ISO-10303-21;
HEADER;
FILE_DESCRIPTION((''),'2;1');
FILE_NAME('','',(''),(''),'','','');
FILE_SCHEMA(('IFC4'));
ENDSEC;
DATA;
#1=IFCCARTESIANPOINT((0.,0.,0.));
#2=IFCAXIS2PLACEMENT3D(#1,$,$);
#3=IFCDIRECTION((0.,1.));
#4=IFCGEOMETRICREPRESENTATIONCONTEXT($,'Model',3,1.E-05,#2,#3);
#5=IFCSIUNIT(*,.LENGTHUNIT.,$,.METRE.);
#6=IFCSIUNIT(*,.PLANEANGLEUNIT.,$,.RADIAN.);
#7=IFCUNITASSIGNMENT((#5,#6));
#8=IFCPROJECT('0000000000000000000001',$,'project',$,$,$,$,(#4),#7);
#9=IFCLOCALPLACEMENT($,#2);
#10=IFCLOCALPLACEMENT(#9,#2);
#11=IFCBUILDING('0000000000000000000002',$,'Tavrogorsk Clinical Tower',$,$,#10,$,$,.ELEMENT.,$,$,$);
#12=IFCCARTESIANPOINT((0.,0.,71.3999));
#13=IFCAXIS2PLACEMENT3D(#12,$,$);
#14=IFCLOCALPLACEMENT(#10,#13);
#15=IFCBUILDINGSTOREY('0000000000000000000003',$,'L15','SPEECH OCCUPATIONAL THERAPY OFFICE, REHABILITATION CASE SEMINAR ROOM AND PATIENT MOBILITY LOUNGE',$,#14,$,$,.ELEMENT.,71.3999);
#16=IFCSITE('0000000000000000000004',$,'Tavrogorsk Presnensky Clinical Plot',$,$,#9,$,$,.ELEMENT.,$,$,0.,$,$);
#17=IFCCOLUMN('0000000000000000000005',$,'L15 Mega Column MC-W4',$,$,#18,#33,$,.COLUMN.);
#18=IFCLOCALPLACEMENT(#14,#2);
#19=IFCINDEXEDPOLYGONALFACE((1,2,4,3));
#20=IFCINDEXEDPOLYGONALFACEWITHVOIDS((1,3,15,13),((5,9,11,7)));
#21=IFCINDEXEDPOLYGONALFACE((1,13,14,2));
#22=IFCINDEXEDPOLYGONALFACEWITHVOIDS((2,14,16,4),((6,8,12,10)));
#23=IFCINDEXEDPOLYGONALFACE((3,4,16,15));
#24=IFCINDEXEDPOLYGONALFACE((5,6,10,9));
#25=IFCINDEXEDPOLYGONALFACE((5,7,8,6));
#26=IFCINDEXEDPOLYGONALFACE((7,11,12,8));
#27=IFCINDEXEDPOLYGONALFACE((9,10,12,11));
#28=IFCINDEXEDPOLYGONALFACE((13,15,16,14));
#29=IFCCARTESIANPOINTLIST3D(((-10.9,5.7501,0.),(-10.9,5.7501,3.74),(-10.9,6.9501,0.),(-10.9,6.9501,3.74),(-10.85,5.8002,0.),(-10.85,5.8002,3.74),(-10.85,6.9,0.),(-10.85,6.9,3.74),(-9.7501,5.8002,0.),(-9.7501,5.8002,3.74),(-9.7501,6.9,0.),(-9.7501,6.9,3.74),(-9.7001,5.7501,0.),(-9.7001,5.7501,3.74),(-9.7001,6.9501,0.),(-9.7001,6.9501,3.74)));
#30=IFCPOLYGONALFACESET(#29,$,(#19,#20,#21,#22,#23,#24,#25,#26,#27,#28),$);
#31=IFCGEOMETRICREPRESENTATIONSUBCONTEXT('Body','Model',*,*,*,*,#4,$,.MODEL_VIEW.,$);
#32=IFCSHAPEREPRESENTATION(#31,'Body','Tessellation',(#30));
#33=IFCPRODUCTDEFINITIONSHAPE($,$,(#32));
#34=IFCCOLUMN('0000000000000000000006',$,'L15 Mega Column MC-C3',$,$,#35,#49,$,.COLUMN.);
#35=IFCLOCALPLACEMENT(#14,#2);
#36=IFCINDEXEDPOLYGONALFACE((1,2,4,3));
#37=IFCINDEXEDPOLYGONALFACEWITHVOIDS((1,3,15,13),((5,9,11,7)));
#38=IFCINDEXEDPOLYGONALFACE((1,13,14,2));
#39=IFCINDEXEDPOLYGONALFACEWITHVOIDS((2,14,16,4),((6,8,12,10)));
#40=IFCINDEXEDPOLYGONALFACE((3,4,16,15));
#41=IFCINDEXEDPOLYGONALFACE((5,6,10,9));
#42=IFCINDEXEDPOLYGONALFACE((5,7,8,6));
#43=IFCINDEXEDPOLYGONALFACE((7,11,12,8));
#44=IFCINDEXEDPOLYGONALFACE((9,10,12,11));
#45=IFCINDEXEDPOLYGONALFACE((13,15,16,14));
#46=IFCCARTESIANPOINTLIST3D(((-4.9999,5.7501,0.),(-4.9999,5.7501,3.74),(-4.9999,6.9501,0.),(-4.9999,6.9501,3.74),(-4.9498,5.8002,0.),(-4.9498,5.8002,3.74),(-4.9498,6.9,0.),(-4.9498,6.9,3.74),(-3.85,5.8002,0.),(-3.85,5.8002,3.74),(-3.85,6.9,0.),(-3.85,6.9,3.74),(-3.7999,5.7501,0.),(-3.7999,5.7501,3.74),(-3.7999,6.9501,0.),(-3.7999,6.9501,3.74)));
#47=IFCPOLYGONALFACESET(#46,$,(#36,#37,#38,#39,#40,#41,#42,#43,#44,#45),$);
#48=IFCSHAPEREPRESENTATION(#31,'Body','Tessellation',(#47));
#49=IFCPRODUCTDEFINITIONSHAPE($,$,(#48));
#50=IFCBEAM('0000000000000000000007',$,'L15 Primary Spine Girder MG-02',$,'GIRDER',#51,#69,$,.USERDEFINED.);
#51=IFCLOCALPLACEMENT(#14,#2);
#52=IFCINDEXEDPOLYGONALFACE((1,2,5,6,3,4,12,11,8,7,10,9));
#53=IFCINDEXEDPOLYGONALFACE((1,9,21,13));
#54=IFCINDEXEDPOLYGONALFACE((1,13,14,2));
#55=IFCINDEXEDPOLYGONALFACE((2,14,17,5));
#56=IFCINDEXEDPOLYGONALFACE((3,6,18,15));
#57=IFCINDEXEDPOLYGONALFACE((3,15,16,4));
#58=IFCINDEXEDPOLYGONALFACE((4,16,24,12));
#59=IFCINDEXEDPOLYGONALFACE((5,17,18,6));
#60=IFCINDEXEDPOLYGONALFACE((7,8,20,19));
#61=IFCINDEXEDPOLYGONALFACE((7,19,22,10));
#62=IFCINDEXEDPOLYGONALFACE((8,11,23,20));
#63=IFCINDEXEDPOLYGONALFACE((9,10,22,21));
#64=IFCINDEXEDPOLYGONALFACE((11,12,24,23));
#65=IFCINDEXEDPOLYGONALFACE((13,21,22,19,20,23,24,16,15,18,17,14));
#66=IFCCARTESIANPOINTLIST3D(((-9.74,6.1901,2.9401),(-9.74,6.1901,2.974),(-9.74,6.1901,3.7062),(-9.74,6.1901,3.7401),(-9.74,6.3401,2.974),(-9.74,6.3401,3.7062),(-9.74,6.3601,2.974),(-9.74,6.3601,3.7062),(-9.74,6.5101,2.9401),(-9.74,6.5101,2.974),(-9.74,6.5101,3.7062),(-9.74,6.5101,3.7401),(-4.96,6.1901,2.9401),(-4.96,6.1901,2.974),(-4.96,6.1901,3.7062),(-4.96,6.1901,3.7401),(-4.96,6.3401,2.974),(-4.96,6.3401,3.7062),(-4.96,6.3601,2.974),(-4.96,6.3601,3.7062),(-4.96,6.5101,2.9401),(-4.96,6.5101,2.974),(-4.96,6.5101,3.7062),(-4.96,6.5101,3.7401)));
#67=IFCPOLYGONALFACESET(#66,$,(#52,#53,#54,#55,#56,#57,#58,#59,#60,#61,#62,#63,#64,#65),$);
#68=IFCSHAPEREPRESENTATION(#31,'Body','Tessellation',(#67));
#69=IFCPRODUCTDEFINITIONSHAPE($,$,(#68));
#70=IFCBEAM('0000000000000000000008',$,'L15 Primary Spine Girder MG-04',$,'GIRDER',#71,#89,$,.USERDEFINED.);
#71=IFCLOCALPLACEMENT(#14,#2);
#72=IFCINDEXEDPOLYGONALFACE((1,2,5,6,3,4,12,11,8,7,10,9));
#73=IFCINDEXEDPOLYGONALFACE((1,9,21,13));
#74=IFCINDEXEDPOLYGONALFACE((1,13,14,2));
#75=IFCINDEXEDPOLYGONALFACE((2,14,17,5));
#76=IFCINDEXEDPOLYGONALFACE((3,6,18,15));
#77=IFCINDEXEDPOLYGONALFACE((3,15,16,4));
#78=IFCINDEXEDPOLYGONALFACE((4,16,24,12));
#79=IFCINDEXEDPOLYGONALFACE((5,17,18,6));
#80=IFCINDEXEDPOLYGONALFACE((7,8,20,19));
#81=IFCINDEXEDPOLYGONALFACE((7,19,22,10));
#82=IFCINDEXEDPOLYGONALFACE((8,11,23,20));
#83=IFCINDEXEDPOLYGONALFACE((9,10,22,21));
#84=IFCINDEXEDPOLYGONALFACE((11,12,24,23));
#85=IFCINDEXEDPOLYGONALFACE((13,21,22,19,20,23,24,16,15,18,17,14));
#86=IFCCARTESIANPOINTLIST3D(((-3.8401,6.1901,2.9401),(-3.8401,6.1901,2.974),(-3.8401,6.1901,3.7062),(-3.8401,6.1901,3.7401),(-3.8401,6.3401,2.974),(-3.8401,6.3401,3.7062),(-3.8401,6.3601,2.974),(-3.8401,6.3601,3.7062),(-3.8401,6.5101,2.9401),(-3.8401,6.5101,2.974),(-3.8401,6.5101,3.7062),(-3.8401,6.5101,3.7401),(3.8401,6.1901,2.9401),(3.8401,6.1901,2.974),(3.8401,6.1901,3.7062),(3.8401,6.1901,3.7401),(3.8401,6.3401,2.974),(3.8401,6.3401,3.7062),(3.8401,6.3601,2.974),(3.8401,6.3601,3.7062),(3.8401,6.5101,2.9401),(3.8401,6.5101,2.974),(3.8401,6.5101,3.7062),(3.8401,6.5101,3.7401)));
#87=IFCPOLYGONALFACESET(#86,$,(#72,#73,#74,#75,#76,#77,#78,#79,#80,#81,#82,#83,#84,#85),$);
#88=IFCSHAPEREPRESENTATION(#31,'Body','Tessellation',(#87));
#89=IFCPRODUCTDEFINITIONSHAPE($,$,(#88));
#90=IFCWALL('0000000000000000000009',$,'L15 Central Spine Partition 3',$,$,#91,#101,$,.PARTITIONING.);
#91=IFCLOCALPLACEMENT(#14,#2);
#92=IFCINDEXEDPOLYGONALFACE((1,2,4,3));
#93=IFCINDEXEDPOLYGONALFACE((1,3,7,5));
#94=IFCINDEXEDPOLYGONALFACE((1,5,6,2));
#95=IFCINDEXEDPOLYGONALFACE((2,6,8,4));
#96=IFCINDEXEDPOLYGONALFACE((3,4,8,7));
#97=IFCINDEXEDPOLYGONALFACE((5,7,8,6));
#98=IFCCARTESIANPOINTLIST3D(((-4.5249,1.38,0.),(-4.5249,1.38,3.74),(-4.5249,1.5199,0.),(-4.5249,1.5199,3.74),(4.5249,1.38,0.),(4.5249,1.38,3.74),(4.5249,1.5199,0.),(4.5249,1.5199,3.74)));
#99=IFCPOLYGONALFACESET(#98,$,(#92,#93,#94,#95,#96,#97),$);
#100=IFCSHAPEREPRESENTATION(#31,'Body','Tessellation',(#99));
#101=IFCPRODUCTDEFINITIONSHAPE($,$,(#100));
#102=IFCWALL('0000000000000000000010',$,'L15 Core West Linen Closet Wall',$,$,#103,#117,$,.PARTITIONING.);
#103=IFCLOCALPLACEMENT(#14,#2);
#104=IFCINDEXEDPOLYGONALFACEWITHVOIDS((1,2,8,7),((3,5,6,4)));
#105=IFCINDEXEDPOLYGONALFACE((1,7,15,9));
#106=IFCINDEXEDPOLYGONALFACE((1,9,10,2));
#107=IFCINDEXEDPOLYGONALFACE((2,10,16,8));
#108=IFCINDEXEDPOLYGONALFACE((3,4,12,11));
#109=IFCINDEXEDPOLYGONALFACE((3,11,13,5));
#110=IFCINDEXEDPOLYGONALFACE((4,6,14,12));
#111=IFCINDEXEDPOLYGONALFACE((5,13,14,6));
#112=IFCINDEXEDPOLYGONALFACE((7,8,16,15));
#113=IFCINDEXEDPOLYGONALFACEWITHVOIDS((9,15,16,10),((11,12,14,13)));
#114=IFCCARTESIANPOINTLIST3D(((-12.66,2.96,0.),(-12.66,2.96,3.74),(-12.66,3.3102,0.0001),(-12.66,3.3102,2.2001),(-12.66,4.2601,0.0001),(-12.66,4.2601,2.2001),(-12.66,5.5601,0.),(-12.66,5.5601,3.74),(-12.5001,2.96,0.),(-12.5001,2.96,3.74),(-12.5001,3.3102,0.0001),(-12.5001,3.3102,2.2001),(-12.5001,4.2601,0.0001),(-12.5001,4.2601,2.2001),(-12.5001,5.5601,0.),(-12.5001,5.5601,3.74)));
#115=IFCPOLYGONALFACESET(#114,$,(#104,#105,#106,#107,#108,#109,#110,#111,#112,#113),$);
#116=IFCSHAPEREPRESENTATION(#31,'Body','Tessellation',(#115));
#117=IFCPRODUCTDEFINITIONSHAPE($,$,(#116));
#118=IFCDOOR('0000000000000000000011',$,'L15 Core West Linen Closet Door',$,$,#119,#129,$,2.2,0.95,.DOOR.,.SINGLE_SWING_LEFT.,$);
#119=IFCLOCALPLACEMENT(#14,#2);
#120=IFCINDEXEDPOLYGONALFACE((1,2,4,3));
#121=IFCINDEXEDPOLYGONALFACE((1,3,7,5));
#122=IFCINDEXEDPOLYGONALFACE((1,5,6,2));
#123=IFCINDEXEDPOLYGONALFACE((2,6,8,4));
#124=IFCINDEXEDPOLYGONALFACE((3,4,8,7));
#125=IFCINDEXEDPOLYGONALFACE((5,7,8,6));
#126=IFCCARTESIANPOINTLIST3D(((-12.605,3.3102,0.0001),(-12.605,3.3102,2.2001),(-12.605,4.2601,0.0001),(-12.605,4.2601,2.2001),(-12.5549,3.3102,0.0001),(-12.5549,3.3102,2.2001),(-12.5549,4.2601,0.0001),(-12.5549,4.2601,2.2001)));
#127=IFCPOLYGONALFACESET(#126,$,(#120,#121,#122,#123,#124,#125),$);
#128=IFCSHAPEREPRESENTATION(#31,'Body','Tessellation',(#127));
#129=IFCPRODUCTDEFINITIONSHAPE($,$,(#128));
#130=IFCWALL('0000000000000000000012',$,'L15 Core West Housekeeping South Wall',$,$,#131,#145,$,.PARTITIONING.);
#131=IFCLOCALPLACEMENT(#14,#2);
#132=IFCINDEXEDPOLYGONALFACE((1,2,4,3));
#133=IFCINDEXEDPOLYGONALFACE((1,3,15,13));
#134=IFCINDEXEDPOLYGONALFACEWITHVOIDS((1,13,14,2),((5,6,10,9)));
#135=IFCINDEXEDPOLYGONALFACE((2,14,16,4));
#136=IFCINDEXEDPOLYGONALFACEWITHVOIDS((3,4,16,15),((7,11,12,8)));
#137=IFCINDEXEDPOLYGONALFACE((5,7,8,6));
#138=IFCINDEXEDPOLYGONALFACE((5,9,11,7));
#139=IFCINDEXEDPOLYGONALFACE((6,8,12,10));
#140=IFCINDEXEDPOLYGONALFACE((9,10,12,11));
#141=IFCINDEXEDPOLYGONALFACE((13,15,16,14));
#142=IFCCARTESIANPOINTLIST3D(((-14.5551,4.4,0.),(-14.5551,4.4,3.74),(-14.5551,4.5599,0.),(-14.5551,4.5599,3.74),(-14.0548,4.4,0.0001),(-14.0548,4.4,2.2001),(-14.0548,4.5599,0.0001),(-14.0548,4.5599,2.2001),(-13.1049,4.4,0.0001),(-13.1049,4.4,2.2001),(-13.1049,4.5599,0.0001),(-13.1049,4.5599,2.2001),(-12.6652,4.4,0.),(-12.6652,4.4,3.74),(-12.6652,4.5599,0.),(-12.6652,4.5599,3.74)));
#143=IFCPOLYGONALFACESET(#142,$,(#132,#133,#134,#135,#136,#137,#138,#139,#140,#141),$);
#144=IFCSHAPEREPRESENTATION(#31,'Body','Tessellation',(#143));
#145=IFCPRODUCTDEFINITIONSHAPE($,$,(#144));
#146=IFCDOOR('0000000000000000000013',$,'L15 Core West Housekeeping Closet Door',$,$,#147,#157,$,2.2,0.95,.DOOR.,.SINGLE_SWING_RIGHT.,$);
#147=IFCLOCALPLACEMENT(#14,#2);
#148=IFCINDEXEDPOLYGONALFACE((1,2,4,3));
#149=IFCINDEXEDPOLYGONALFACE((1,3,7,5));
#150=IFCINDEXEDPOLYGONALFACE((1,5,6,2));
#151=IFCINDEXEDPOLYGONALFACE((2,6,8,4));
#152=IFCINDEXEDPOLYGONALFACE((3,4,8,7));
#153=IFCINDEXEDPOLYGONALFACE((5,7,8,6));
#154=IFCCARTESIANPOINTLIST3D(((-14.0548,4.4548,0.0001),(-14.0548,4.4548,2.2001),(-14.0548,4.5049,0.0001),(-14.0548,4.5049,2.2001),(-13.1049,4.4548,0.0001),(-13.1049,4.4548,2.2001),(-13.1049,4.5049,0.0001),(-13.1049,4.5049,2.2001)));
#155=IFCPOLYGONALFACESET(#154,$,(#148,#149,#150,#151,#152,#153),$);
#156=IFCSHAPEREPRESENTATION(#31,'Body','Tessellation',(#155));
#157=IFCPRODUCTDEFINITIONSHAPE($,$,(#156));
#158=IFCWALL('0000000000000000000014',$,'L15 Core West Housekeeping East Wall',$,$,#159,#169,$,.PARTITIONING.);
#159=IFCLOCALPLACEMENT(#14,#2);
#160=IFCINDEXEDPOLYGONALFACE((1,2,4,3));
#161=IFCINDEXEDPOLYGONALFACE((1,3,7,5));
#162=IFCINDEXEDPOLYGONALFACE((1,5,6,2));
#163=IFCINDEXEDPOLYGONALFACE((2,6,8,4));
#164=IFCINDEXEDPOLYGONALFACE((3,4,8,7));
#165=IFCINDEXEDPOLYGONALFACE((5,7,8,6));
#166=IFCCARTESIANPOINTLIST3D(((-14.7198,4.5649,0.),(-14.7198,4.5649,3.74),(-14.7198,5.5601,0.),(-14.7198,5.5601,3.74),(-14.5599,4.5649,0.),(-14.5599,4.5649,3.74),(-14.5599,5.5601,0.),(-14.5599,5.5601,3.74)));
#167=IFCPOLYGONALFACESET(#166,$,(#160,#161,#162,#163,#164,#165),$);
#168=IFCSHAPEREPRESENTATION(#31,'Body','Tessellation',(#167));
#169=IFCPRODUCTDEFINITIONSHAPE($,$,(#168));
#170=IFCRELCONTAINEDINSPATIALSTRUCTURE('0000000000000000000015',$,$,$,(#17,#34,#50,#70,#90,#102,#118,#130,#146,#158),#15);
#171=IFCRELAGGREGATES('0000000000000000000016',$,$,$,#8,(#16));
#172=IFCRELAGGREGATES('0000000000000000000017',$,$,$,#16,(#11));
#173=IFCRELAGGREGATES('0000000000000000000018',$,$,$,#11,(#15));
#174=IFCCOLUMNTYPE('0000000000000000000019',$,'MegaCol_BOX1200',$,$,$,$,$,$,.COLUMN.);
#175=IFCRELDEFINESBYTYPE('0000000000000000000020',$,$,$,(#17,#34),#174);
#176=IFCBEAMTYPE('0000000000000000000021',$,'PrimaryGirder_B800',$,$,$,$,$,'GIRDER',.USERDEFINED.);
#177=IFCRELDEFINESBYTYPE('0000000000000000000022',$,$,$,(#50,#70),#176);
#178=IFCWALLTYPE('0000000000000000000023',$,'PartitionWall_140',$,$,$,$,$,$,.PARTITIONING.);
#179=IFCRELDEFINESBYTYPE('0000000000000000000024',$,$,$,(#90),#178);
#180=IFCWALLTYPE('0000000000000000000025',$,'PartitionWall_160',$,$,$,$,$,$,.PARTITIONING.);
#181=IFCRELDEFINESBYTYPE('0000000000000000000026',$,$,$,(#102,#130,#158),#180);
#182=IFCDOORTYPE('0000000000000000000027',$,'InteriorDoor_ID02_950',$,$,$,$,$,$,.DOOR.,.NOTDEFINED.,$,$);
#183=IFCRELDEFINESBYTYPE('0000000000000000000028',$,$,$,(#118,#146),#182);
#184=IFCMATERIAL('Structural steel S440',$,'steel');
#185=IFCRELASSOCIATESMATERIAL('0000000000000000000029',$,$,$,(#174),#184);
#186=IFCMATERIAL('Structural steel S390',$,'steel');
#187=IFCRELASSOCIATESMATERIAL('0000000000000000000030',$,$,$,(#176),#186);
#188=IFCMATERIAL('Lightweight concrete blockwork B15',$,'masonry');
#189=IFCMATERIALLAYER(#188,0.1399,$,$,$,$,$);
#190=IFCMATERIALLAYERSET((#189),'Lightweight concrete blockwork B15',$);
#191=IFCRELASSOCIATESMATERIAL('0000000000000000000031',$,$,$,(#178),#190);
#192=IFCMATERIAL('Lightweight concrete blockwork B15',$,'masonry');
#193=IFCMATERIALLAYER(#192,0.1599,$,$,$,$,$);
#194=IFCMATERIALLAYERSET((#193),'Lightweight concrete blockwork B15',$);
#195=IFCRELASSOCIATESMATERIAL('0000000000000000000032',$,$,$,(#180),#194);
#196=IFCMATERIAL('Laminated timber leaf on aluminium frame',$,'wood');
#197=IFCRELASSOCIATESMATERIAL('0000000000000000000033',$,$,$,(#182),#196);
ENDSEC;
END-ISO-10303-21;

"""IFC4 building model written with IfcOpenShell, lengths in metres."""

from ifc_helpers import new_model, si_unit, direction, frame, frame_2d, origin, origin_2d, place, context, subcontext, project, spatial, rectangle, hollow_rectangle, i_section, extrude, material, layer, layer_set, material_profile, profile_set, type_object, element, fill, save


model = new_model("IFC4")

# Units and contexts
model_context = context("Model", 3, precision=1e-05, world=origin(), true_north=direction((0.0, 1.0)))
body_context = subcontext(model_context, "Body", "Model", "MODEL_VIEW")
ifc_project = project(units=[si_unit("LENGTHUNIT", "METRE"), si_unit("PLANEANGLEUNIT", "RADIAN")], contexts=[model_context])

# Site, building, storey
site_placement = place(None, origin())
site = spatial("IfcSite", under=ifc_project, at=site_placement, Name="Tavrogorsk Presnensky Clinical Plot", CompositionType="ELEMENT", RefElevation=0.0)
building_placement = place(site_placement, origin())
building = spatial("IfcBuilding", under=site, at=building_placement, Name="Tavrogorsk Clinical Tower", CompositionType="ELEMENT")
storey_placement = place(building_placement, frame((0.0, 0.0, 71.3999)))
storey = spatial("IfcBuildingStorey", under=building, at=storey_placement, Name="L15", Description="SPEECH OCCUPATIONAL THERAPY OFFICE, REHABILITATION CASE SEMINAR ROOM AND PATIENT MOBILITY LOUNGE", CompositionType="ELEMENT", Elevation=71.3999)

# Columns
ifc_material_1 = material(Name="Structural steel S440", Category="steel")
ifc_material_profile_1 = material_profile(ifc_material_1, hollow_rectangle(XDim=1.2, YDim=1.2, WallThickness=0.05, at=origin_2d()), Name="BOX-1200x1200x50")
ifc_profile_set_1 = profile_set([ifc_material_profile_1], Name="Structural steel S440")
column_type = type_object("IfcColumnType", Name="MegaCol_BOX1200", PredefinedType="COLUMN", material=ifc_profile_set_1)
for number, where, z_axis, x_axis, name in (
    (1, (-10.3, 6.3501, 0.0), (0.0, 0.0, 1.0), (1.0, 0.0, 0.0), "L15 Mega Column MC-W4"),
    (2, (-4.3999, 6.3501, 0.0), (0.0, 0.0, 1.0), (1.0, 0.0, 0.0), "L15 Mega Column MC-C3"),
):
    element("IfcColumn", number, at=place(storey_placement, frame(where, z_axis=z_axis, x_axis=x_axis)), inside=storey, type_object=column_type, Name=name, PredefinedType="COLUMN", context=body_context, shape_type="SweptSolid", body=[
        extrude(hollow_rectangle(XDim=1.2, YDim=1.2, WallThickness=0.05, at=origin_2d()), origin(), (0.0, 0.0, 1.0), 3.74),
    ])

# Beams
ifc_material_2 = material(Name="Structural steel S390", Category="steel")
ifc_material_profile_2 = material_profile(ifc_material_2, i_section(OverallWidth=0.3201, OverallDepth=0.8, WebThickness=0.02, FlangeThickness=0.0339, at=origin_2d()), Name="B-800x320x20x34")
ifc_profile_set_2 = profile_set([ifc_material_profile_2], Name="Structural steel S390")
beam_type = type_object("IfcBeamType", Name="PrimaryGirder_B800", ElementType="GIRDER", PredefinedType="USERDEFINED", material=ifc_profile_set_2)
beam_1_placement = place(storey_placement, frame((-9.74, 6.3501, 3.3401), z_axis=(1.0, 0.0, 0.0), x_axis=(0.0, 1.0, 0.0)))
element("IfcBeam", 3, at=beam_1_placement, inside=storey, type_object=beam_type, Name="L15 Primary Spine Girder MG-02", ObjectType="GIRDER", PredefinedType="USERDEFINED", context=body_context, shape_type="SweptSolid", body=[
    extrude(i_section(OverallWidth=0.3201, OverallDepth=0.8, WebThickness=0.02, FlangeThickness=0.0339, at=origin_2d()), origin(), (0.0, 0.0, 1.0), 4.78),
])
beam_2_placement = place(storey_placement, frame((-3.8401, 6.3501, 3.3401), z_axis=(1.0, 0.0, 0.0), x_axis=(0.0, 1.0, 0.0)))
element("IfcBeam", 4, at=beam_2_placement, inside=storey, type_object=beam_type, Name="L15 Primary Spine Girder MG-04", ObjectType="GIRDER", PredefinedType="USERDEFINED", context=body_context, shape_type="SweptSolid", body=[
    extrude(i_section(OverallWidth=0.3201, OverallDepth=0.8, WebThickness=0.02, FlangeThickness=0.0339, at=origin_2d()), origin(), (0.0, 0.0, 1.0), 7.6802),
])

# Wall
ifc_material_3 = material(Name="Lightweight concrete blockwork B15", Category="masonry")
ifc_layer_1 = layer(ifc_material_3, 0.1399)
ifc_layer_set_1 = layer_set([ifc_layer_1], Name="Lightweight concrete blockwork B15")
wall_type_1 = type_object("IfcWallType", Name="PartitionWall_140", PredefinedType="PARTITIONING", material=ifc_layer_set_1)
wall_1_placement = place(storey_placement, frame((-4.5249, 1.45, 0.0), z_axis=(0.0, 0.0, 1.0), x_axis=(1.0, 0.0, 0.0)))
element("IfcWall", 5, at=wall_1_placement, inside=storey, type_object=wall_type_1, Name="L15 Central Spine Partition 3", PredefinedType="PARTITIONING", context=body_context, shape_type="SweptSolid", body=[
    extrude(rectangle(XDim=9.0498, YDim=0.1399, at=frame_2d((4.5249, 0.0))), origin(), (0.0, 0.0, 1.0), 3.74),
])

# Walls, openings, doors
ifc_material_4 = material(Name="Lightweight concrete blockwork B15", Category="masonry")
ifc_layer_2 = layer(ifc_material_4, 0.1599)
ifc_layer_set_2 = layer_set([ifc_layer_2], Name="Lightweight concrete blockwork B15")
wall_type_2 = type_object("IfcWallType", Name="PartitionWall_160", PredefinedType="PARTITIONING", material=ifc_layer_set_2)
wall_2_placement = place(storey_placement, frame((-12.5801, 2.96, 0.0), z_axis=(0.0, 0.0, 1.0), x_axis=(0.0, 1.0, 0.0)))
wall_2 = element("IfcWall", 6, at=wall_2_placement, inside=storey, type_object=wall_type_2, Name="L15 Core West Linen Closet Wall", PredefinedType="PARTITIONING", context=body_context, shape_type="SweptSolid", body=[
    extrude(rectangle(XDim=2.6001, YDim=0.1599, at=frame_2d((1.3, 0.0))), origin(), (0.0, 0.0, 1.0), 3.74),
])
opening_1_placement = place(wall_2_placement, frame((0.3501, 0.0, 0.0)))
opening_1 = element("IfcOpeningElement", 7, at=opening_1_placement, cuts=wall_2, PredefinedType="OPENING", context=body_context, shape_type="SweptSolid", body=[
    extrude(rectangle(XDim=0.95, YDim=2.2, at=frame_2d((0.4751, 1.1001))), frame((0.0, 0.0898, 0.0), z_axis=(0.0, -1.0, 0.0), x_axis=(1.0, 0.0, 0.0)), (0.0, 0.0, 1.0), 0.1799),
])
ifc_material_5 = material(Name="Laminated timber leaf on aluminium frame", Category="wood")
door_type_1 = type_object("IfcDoorType", Name="InteriorDoor_ID02_950", OperationType="NOTDEFINED", PredefinedType="DOOR", material=ifc_material_5)
door_1_placement = place(opening_1_placement, origin())
door_1 = element("IfcDoor", 8, at=door_1_placement, inside=storey, type_object=door_type_1, Name="L15 Core West Linen Closet Door", OperationType="SINGLE_SWING_LEFT", OverallHeight=2.2, OverallWidth=0.95, PredefinedType="DOOR", context=body_context, shape_type="SweptSolid", body=[
    extrude(rectangle(XDim=0.95, YDim=2.2, at=frame_2d((0.4751, 1.1001))), frame((0.0, 0.0249, 0.0), z_axis=(0.0, -1.0, 0.0), x_axis=(1.0, 0.0, 0.0)), (0.0, 0.0, 1.0), 0.05),
])
fill(opening_1, door_1)
wall_3_placement = place(storey_placement, frame((-14.5549, 4.48, 0.0), z_axis=(0.0, 0.0, 1.0), x_axis=(1.0, 0.0, 0.0)))
wall_3 = element("IfcWall", 9, at=wall_3_placement, inside=storey, type_object=wall_type_2, Name="L15 Core West Housekeeping South Wall", PredefinedType="PARTITIONING", context=body_context, shape_type="SweptSolid", body=[
    extrude(rectangle(XDim=1.8899, YDim=0.1599, at=frame_2d((0.9448, 0.0))), origin(), (0.0, 0.0, 1.0), 3.74),
])
opening_2_placement = place(wall_3_placement, frame((0.5, 0.0, 0.0)))
opening_2 = element("IfcOpeningElement", 10, at=opening_2_placement, cuts=wall_3, PredefinedType="OPENING", context=body_context, shape_type="SweptSolid", body=[
    extrude(rectangle(XDim=0.95, YDim=2.2, at=frame_2d((0.4751, 1.1001))), frame((0.0, 0.0898, 0.0), z_axis=(0.0, -1.0, 0.0), x_axis=(1.0, 0.0, 0.0)), (0.0, 0.0, 1.0), 0.1799),
])
door_2_placement = place(opening_2_placement, origin())
door_2 = element("IfcDoor", 11, at=door_2_placement, inside=storey, type_object=door_type_1, Name="L15 Core West Housekeeping Closet Door", OperationType="SINGLE_SWING_RIGHT", OverallHeight=2.2, OverallWidth=0.95, PredefinedType="DOOR", context=body_context, shape_type="SweptSolid", body=[
    extrude(rectangle(XDim=0.95, YDim=2.2, at=frame_2d((0.4751, 1.1001))), frame((0.0, 0.0249, 0.0), z_axis=(0.0, -1.0, 0.0), x_axis=(1.0, 0.0, 0.0)), (0.0, 0.0, 1.0), 0.05),
])
fill(opening_2, door_2)

# Wall
wall_4_placement = place(storey_placement, frame((-14.6399, 4.5649, 0.0), z_axis=(0.0, 0.0, 1.0), x_axis=(0.0, 1.0, 0.0)))
element("IfcWall", 12, at=wall_4_placement, inside=storey, type_object=wall_type_2, Name="L15 Core West Housekeeping East Wall", PredefinedType="PARTITIONING", context=body_context, shape_type="SweptSolid", body=[
    extrude(rectangle(XDim=0.9951, YDim=0.1599, at=frame_2d((0.4976, 0.0))), origin(), (0.0, 0.0, 1.0), 3.74),
])

save(model, "model.ifc")
